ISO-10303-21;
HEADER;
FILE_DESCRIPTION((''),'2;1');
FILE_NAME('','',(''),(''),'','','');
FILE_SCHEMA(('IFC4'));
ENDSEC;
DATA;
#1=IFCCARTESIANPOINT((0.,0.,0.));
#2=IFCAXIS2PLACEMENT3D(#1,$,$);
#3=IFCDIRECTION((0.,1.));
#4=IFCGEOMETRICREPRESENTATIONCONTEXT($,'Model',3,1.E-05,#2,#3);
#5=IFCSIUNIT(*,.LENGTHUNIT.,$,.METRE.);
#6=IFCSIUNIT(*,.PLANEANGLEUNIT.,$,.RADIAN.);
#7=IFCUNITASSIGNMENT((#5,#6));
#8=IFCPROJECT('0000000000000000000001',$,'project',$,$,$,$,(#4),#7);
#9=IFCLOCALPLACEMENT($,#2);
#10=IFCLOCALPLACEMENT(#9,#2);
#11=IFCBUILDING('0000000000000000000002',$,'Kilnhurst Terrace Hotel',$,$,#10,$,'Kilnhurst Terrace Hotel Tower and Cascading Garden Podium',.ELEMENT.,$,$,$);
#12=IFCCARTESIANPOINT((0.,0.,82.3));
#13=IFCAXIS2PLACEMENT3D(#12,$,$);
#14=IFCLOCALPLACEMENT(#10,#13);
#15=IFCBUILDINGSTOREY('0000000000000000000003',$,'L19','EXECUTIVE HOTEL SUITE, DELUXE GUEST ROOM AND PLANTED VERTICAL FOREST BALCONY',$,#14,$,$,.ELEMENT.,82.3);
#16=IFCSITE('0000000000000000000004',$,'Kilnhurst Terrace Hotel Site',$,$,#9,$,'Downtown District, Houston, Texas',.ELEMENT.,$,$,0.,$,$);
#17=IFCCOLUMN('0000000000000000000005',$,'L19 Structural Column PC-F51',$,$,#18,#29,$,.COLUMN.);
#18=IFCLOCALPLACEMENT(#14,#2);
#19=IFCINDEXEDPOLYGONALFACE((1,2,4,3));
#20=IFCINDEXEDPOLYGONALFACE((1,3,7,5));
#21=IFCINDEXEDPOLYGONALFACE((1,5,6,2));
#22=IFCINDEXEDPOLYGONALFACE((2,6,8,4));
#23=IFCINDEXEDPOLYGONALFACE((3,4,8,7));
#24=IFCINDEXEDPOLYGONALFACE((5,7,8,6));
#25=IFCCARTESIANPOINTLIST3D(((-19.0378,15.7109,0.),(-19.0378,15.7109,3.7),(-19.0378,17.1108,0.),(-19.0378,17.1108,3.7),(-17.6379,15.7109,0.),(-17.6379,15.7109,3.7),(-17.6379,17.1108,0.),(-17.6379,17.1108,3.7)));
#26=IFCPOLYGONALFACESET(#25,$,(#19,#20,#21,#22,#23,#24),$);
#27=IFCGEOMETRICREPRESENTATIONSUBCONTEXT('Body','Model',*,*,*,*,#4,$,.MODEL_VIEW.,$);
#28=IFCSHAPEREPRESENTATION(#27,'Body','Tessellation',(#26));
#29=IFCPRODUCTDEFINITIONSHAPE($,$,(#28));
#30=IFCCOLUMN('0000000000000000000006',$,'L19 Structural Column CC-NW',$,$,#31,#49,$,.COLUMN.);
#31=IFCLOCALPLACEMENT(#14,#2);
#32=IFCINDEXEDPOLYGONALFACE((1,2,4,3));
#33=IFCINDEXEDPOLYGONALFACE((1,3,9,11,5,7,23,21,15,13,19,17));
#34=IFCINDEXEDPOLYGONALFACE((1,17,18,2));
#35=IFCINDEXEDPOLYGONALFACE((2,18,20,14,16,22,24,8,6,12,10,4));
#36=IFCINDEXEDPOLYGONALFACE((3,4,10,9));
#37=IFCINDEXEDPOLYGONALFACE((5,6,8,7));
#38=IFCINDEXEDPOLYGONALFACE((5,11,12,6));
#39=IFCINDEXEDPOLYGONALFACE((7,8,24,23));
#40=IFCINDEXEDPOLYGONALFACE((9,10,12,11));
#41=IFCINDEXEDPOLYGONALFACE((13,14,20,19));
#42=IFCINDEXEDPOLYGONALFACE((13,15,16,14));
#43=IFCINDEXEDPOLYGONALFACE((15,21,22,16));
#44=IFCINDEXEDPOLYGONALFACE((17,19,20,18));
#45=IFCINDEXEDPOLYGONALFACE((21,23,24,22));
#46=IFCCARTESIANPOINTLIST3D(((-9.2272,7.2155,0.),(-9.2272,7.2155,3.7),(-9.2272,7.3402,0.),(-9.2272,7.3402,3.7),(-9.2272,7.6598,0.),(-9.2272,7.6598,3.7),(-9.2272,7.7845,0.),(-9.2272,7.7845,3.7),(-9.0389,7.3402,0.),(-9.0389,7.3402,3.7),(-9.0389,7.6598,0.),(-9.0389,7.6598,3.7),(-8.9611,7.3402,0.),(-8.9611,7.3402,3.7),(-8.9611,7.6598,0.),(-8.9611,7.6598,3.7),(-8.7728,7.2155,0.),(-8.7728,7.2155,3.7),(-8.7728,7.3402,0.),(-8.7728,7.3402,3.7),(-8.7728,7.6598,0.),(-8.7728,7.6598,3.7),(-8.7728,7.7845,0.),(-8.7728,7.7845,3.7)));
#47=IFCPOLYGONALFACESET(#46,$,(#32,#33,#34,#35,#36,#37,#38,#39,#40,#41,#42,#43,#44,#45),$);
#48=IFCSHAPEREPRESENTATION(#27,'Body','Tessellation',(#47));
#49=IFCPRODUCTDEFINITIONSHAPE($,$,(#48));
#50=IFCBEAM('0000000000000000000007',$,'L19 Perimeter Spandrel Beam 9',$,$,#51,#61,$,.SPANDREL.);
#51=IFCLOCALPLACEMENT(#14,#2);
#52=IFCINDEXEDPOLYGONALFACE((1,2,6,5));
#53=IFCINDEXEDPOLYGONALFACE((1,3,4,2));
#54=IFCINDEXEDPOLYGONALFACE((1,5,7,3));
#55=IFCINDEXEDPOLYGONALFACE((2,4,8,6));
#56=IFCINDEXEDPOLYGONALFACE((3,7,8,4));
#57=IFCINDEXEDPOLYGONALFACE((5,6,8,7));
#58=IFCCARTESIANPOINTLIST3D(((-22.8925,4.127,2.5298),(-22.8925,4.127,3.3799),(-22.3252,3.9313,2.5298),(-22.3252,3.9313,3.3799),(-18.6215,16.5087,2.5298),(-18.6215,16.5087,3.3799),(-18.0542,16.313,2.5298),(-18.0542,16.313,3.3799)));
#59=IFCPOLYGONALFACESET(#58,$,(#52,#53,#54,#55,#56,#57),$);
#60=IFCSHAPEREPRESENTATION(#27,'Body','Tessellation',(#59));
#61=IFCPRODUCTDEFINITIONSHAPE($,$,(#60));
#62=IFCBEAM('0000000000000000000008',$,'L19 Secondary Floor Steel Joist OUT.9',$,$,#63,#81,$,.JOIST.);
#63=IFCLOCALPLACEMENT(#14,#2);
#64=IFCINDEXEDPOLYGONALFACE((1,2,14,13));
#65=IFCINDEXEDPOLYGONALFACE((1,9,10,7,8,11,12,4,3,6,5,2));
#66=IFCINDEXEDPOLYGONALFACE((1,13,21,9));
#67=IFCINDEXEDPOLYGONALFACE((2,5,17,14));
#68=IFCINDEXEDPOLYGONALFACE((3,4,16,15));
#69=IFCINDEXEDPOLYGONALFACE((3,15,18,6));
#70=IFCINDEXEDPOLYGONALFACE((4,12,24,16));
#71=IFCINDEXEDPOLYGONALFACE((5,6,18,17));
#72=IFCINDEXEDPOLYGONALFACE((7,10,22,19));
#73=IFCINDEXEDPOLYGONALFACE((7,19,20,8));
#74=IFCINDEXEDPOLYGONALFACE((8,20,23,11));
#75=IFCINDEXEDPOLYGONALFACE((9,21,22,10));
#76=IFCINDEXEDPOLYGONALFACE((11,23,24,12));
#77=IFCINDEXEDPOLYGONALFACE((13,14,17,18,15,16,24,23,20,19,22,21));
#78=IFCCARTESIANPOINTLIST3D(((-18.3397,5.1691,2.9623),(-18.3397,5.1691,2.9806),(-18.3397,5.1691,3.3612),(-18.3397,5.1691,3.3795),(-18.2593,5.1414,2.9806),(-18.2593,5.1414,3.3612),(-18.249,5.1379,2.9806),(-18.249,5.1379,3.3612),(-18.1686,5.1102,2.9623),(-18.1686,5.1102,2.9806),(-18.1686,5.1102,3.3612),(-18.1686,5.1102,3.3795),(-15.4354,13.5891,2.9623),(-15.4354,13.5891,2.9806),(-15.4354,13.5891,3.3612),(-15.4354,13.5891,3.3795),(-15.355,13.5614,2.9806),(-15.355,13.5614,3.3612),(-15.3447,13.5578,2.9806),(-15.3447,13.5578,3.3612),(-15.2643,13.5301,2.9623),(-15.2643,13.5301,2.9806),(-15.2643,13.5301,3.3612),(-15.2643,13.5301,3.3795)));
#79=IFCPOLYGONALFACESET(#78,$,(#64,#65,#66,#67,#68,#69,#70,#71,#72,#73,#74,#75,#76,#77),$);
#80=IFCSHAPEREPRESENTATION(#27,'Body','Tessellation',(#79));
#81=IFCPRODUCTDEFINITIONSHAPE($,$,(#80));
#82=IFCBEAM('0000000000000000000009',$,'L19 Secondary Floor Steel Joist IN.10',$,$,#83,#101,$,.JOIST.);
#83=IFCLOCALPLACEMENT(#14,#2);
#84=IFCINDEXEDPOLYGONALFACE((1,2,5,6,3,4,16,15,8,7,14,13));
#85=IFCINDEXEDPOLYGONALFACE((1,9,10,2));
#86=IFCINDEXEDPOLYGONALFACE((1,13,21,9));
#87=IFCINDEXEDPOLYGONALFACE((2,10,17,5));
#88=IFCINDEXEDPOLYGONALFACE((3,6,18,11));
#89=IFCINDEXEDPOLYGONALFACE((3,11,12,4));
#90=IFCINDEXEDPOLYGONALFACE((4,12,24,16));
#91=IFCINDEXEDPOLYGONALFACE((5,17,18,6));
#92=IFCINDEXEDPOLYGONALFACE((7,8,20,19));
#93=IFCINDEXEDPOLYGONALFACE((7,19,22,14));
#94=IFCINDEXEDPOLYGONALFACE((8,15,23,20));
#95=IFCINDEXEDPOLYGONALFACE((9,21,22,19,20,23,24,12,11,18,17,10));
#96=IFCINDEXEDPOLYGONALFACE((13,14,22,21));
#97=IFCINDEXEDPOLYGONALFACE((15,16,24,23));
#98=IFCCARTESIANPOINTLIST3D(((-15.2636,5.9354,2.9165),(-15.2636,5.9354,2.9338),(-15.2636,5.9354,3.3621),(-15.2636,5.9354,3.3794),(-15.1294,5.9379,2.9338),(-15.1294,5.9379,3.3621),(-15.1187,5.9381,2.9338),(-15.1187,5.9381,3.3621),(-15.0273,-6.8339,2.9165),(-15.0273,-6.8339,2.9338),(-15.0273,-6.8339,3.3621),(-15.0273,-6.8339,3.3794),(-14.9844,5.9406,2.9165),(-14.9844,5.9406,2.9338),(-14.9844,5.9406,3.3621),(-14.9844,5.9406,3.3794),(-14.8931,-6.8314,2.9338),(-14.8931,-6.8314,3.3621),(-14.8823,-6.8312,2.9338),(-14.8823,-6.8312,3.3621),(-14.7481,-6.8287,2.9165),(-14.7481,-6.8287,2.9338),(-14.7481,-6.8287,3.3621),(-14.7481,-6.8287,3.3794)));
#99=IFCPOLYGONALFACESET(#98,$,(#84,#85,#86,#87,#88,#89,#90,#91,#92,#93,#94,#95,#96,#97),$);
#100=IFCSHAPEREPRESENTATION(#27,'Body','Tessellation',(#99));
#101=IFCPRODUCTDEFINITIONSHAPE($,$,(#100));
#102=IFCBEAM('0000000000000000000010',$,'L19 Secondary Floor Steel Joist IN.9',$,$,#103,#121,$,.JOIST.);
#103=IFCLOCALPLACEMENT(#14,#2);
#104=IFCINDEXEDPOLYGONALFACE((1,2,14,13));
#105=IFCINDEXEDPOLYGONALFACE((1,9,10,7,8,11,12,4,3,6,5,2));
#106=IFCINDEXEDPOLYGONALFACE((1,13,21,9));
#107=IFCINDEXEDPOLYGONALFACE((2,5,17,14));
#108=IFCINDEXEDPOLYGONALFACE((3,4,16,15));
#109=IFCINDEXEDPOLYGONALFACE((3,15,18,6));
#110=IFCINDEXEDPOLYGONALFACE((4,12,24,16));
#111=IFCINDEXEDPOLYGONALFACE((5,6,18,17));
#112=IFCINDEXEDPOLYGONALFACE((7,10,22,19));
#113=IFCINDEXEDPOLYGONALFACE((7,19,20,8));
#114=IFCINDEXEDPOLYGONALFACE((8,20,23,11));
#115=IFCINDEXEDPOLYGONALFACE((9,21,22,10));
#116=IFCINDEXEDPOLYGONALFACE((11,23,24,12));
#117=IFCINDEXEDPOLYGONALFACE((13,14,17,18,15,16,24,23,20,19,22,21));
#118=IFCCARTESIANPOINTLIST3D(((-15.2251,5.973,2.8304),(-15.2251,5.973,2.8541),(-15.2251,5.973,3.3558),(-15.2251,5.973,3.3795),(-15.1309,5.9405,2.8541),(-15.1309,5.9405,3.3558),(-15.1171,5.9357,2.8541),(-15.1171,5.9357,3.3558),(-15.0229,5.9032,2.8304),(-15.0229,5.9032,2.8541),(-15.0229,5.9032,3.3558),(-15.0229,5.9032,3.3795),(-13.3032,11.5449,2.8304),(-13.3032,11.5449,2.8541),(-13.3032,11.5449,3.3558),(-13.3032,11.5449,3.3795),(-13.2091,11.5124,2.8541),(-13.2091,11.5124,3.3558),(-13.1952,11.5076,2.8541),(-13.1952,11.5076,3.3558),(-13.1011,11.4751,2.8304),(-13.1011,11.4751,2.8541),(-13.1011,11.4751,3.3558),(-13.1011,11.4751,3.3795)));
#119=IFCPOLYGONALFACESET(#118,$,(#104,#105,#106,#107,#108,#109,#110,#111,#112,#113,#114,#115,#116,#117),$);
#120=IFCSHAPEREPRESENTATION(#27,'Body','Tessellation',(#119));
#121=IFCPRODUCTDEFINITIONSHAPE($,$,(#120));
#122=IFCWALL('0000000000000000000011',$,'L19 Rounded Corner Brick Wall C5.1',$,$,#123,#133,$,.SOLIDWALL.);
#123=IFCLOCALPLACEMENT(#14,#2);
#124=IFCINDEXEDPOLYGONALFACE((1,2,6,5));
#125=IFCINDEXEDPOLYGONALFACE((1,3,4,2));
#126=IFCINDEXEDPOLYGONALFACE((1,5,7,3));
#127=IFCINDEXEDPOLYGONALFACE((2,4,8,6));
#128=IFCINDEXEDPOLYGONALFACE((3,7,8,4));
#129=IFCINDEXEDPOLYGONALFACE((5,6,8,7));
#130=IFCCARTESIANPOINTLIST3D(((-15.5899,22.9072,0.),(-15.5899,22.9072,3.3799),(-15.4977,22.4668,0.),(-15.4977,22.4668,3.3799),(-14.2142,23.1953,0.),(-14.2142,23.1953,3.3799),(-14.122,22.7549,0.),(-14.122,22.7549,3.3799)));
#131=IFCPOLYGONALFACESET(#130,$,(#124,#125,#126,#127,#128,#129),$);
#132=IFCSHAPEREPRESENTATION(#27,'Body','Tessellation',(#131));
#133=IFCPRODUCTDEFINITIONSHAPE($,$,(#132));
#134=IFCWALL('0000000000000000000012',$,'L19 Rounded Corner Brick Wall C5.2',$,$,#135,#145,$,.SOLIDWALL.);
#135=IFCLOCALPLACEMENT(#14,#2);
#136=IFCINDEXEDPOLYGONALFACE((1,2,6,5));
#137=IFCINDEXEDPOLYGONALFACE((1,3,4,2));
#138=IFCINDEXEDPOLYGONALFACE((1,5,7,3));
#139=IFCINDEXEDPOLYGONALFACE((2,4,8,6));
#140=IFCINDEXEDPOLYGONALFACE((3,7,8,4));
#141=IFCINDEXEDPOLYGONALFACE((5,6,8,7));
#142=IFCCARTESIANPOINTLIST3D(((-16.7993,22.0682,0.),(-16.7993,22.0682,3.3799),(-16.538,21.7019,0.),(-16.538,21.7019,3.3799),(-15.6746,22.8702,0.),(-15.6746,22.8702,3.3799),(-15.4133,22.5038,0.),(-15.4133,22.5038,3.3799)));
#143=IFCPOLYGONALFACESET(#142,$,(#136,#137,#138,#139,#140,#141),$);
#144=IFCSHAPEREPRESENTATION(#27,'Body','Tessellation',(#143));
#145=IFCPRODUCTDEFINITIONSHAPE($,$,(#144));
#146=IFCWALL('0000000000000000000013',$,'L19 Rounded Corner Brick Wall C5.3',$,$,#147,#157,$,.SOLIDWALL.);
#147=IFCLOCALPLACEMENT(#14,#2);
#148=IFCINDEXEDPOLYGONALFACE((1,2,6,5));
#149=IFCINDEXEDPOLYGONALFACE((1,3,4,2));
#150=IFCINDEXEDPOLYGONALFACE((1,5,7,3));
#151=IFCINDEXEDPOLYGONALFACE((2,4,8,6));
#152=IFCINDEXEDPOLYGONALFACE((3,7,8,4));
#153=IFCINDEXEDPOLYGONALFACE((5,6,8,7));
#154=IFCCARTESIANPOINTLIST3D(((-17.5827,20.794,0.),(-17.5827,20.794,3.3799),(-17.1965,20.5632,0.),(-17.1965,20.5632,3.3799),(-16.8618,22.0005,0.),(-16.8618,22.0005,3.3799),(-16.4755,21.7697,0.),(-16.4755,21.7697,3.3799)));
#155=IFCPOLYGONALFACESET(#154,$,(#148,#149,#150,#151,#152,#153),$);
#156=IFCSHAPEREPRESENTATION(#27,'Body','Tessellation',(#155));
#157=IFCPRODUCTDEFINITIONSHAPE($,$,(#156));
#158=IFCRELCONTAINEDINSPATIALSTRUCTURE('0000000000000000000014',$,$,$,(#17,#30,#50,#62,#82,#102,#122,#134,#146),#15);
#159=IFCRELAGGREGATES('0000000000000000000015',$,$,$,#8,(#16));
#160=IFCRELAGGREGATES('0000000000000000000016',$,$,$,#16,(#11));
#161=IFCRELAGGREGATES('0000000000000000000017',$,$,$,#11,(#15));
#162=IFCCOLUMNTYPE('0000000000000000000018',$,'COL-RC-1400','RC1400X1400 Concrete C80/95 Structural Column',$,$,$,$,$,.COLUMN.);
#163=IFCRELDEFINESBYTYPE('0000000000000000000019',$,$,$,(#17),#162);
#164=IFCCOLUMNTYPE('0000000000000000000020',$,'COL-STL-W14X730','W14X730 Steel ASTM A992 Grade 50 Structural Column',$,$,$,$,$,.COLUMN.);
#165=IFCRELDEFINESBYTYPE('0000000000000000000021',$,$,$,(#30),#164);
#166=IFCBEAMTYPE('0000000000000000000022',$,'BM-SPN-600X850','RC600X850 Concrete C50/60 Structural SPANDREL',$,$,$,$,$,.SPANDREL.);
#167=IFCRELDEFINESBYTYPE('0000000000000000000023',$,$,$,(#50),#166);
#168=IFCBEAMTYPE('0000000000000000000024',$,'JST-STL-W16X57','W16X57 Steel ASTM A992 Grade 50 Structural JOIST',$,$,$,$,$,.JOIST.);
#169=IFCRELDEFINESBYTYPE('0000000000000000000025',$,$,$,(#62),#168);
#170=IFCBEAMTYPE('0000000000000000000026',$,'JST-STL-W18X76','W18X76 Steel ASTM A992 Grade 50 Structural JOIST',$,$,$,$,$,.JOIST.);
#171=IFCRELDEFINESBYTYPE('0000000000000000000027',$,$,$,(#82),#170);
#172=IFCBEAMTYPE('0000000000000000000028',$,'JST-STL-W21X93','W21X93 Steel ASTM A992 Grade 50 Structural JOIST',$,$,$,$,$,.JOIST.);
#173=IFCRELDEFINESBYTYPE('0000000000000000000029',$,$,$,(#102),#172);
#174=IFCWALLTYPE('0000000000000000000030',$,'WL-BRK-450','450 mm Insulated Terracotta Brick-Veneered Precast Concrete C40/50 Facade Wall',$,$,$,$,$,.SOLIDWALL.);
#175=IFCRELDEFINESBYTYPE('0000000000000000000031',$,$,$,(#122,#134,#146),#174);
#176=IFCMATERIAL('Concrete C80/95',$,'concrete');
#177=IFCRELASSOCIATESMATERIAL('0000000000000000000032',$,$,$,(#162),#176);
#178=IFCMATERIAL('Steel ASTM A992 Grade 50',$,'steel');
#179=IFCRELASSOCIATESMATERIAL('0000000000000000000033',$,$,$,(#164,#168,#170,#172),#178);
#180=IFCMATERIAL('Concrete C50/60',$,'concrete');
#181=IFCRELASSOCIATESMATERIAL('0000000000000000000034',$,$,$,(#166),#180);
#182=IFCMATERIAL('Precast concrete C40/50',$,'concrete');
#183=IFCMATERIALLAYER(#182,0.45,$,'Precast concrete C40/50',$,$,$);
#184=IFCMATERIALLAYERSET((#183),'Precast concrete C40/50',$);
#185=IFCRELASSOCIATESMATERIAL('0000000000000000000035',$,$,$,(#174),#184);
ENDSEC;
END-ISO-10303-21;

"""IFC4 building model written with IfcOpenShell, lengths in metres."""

from ifc_helpers import new_model, si_unit, direction, frame, frame_2d, origin, origin_2d, place, context, subcontext, project, spatial, rectangle, i_section, extrude, material, layer, layer_set, material_profile, profile_set, type_object, element, save


model = new_model("IFC4")

# Units and contexts
model_context = context("Model", 3, precision=1e-05, world=origin(), true_north=direction((0.0, 1.0)))
body_context = subcontext(model_context, "Body", "Model", "MODEL_VIEW")
ifc_project = project(units=[si_unit("LENGTHUNIT", "METRE"), si_unit("PLANEANGLEUNIT", "RADIAN")], contexts=[model_context])

# Site, building, storey
site_placement = place(None, origin())
site = spatial("IfcSite", under=ifc_project, at=site_placement, Name="Kilnhurst Terrace Hotel Site", LongName="Downtown District, Houston, Texas", CompositionType="ELEMENT", RefElevation=0.0)
building_placement = place(site_placement, origin())
building = spatial("IfcBuilding", under=site, at=building_placement, Name="Kilnhurst Terrace Hotel", LongName="Kilnhurst Terrace Hotel Tower and Cascading Garden Podium", CompositionType="ELEMENT")
storey_placement = place(building_placement, frame((0.0, 0.0, 82.3)))
storey = spatial("IfcBuildingStorey", under=building, at=storey_placement, Name="L19", Description="EXECUTIVE HOTEL SUITE, DELUXE GUEST ROOM AND PLANTED VERTICAL FOREST BALCONY", CompositionType="ELEMENT", Elevation=82.3)

# Columns
ifc_material_1 = material(Name="Concrete C80/95", Category="concrete")
ifc_material_profile_1 = material_profile(ifc_material_1, rectangle(XDim=1.3999, YDim=1.3999, at=origin_2d()), Name="RC1400X1400")
ifc_profile_set_1 = profile_set([ifc_material_profile_1], Name="Concrete C80/95")
column_type_1 = type_object("IfcColumnType", Name="COL-RC-1400", Description="RC1400X1400 Concrete C80/95 Structural Column", PredefinedType="COLUMN", material=ifc_profile_set_1)
column_1_placement = place(storey_placement, frame((-18.3379, 16.4109, 0.0), z_axis=(0.0, 0.0, 1.0), x_axis=(1.0, 0.0, 0.0)))
element("IfcColumn", 1, at=column_1_placement, inside=storey, type_object=column_type_1, Name="L19 Structural Column PC-F51", PredefinedType="COLUMN", context=body_context, shape_type="SweptSolid", body=[
    extrude(rectangle(XDim=1.3999, YDim=1.3999, at=origin_2d()), origin(), (0.0, 0.0, 1.0), 3.7),
])
ifc_material_2 = material(Name="Steel ASTM A992 Grade 50", Category="steel")
ifc_material_profile_2 = material_profile(ifc_material_2, i_section(OverallWidth=0.4543, OverallDepth=0.5691, WebThickness=0.0779, FlangeThickness=0.1248, at=origin_2d()), Name="W14X730")
ifc_profile_set_2 = profile_set([ifc_material_profile_2], Name="Steel ASTM A992 Grade 50")
column_type_2 = type_object("IfcColumnType", Name="COL-STL-W14X730", Description="W14X730 Steel ASTM A992 Grade 50 Structural Column", PredefinedType="COLUMN", material=ifc_profile_set_2)
column_2_placement = place(storey_placement, frame((-9.0, 7.5, 0.0), z_axis=(0.0, 0.0, 1.0), x_axis=(1.0, 0.0, 0.0)))
element("IfcColumn", 2, at=column_2_placement, inside=storey, type_object=column_type_2, Name="L19 Structural Column CC-NW", PredefinedType="COLUMN", context=body_context, shape_type="SweptSolid", body=[
    extrude(i_section(OverallWidth=0.4543, OverallDepth=0.5691, WebThickness=0.0779, FlangeThickness=0.1248, at=origin_2d()), origin(), (0.0, 0.0, 1.0), 3.7),
])

# Beams
ifc_material_3 = material(Name="Concrete C50/60", Category="concrete")
ifc_material_profile_3 = material_profile(ifc_material_3, rectangle(XDim=0.6001, YDim=0.8501, at=origin_2d()), Name="RC600X850")
ifc_profile_set_3 = profile_set([ifc_material_profile_3], Name="Concrete C50/60")
beam_type_1 = type_object("IfcBeamType", Name="BM-SPN-600X850", Description="RC600X850 Concrete C50/60 Structural SPANDREL", PredefinedType="SPANDREL", material=ifc_profile_set_3)
beam_1_placement = place(storey_placement, frame((-18.3379, 16.4109, 2.9548), z_axis=(-0.326086, -0.94534, 0.0), x_axis=(0.94534, -0.326086, 0.0)))
element("IfcBeam", 3, at=beam_1_placement, inside=storey, type_object=beam_type_1, Name="L19 Perimeter Spandrel Beam 9", PredefinedType="SPANDREL", context=body_context, shape_type="SweptSolid", body=[
    extrude(rectangle(XDim=0.6001, YDim=0.8501, at=origin_2d()), origin(), (0.0, 0.0, 1.0), 13.0977),
])
ifc_material_profile_4 = material_profile(ifc_material_2, i_section(OverallWidth=0.1809, OverallDepth=0.4172, WebThickness=0.011, FlangeThickness=0.0183, at=origin_2d()), Name="W16X57")
ifc_profile_set_4 = profile_set([ifc_material_profile_4], Name="Steel ASTM A992 Grade 50")
beam_type_2 = type_object("IfcBeamType", Name="JST-STL-W16X57", Description="W16X57 Steel ASTM A992 Grade 50 Structural JOIST", PredefinedType="JOIST", material=ifc_profile_set_4)
beam_2_placement = place(storey_placement, frame((-15.3499, 13.5596, 3.1709), z_axis=(-0.326079, -0.945343, 0.0), x_axis=(0.945343, -0.326079, 0.0)))
element("IfcBeam", 4, at=beam_2_placement, inside=storey, type_object=beam_type_2, Name="L19 Secondary Floor Steel Joist OUT.9", PredefinedType="JOIST", context=body_context, shape_type="SweptSolid", body=[
    extrude(i_section(OverallWidth=0.1809, OverallDepth=0.4172, WebThickness=0.011, FlangeThickness=0.0183, at=origin_2d()), origin(), (0.0, 0.0, 1.0), 8.9067),
])
ifc_material_profile_5 = material_profile(ifc_material_2, i_section(OverallWidth=0.2793, OverallDepth=0.4629, WebThickness=0.0107, FlangeThickness=0.0173, at=origin_2d()), Name="W18X76")
ifc_profile_set_5 = profile_set([ifc_material_profile_5], Name="Steel ASTM A992 Grade 50")
beam_type_3 = type_object("IfcBeamType", Name="JST-STL-W18X76", Description="W18X76 Steel ASTM A992 Grade 50 Structural JOIST", PredefinedType="JOIST", material=ifc_profile_set_5)
beam_3_placement = place(storey_placement, frame((-15.124, 5.938, 3.1479), z_axis=(0.018504, -0.999829, 0.0), x_axis=(0.999829, 0.018504, 0.0)))
element("IfcBeam", 5, at=beam_3_placement, inside=storey, type_object=beam_type_3, Name="L19 Secondary Floor Steel Joist IN.10", PredefinedType="JOIST", context=body_context, shape_type="SweptSolid", body=[
    extrude(i_section(OverallWidth=0.2793, OverallDepth=0.4629, WebThickness=0.0107, FlangeThickness=0.0173, at=origin_2d()), origin(), (0.0, 0.0, 1.0), 12.7715),
])
ifc_material_profile_6 = material_profile(ifc_material_2, i_section(OverallWidth=0.2139, OverallDepth=0.5491, WebThickness=0.0146, FlangeThickness=0.0237, at=origin_2d()), Name="W21X93")
ifc_profile_set_6 = profile_set([ifc_material_profile_6], Name="Steel ASTM A992 Grade 50")
beam_type_4 = type_object("IfcBeamType", Name="JST-STL-W21X93", Description="W21X93 Steel ASTM A992 Grade 50 Structural JOIST", PredefinedType="JOIST", material=ifc_profile_set_6)
beam_4_placement = place(storey_placement, frame((-13.2021, 11.51, 3.105), z_axis=(-0.326065, -0.945347, 0.0), x_axis=(0.945347, -0.326065, 0.0)))
element("IfcBeam", 6, at=beam_4_placement, inside=storey, type_object=beam_type_4, Name="L19 Secondary Floor Steel Joist IN.9", PredefinedType="JOIST", context=body_context, shape_type="SweptSolid", body=[
    extrude(i_section(OverallWidth=0.2139, OverallDepth=0.5491, WebThickness=0.0146, FlangeThickness=0.0237, at=origin_2d()), origin(), (0.0, 0.0, 1.0), 5.894),
])

# Walls
ifc_material_4 = material(Name="Precast concrete C40/50", Category="concrete")
ifc_layer_1 = layer(ifc_material_4, 0.45, Name="Precast concrete C40/50")
ifc_layer_set_1 = layer_set([ifc_layer_1], Name="Precast concrete C40/50")
wall_type_1 = type_object("IfcWallType", Name="WL-BRK-450", Description="450 mm Insulated Terracotta Brick-Veneered Precast Concrete C40/50 Facade Wall", PredefinedType="SOLIDWALL", material=ifc_layer_set_1)
wall_1_placement = place(storey_placement, frame((-14.1682, 22.9751, 0.0), z_axis=(0.0, 0.0, 1.0), x_axis=(-0.97877, -0.20496, 0.0)))
element("IfcWall", 7, at=wall_1_placement, inside=storey, type_object=wall_type_1, Name="L19 Rounded Corner Brick Wall C5.1", PredefinedType="SOLIDWALL", context=body_context, shape_type="SweptSolid", body=[
    extrude(rectangle(XDim=1.4055, YDim=0.45, at=frame_2d((0.7026, 0.0))), origin(), (0.0, 0.0, 1.0), 3.3799),
])
wall_2_placement = place(storey_placement, frame((-15.5439, 22.687, 0.0), z_axis=(0.0, 0.0, 1.0), x_axis=(-0.814211, -0.580569, 0.0)))
element("IfcWall", 8, at=wall_2_placement, inside=storey, type_object=wall_type_1, Name="L19 Rounded Corner Brick Wall C5.2", PredefinedType="SOLIDWALL", context=body_context, shape_type="SweptSolid", body=[
    extrude(rectangle(XDim=1.3813, YDim=0.45, at=frame_2d((0.6907, 0.0))), origin(), (0.0, 0.0, 1.0), 3.3799),
])
wall_3_placement = place(storey_placement, frame((-16.6687, 21.885, 0.0), z_axis=(0.0, 0.0, 1.0), x_axis=(-0.512937, -0.858426, 0.0)))
element("IfcWall", 9, at=wall_3_placement, inside=storey, type_object=wall_type_1, Name="L19 Rounded Corner Brick Wall C5.3", PredefinedType="SOLIDWALL", context=body_context, shape_type="SweptSolid", body=[
    extrude(rectangle(XDim=1.4055, YDim=0.45, at=frame_2d((0.7026, 0.0))), origin(), (0.0, 0.0, 1.0), 3.3799),
])

save(model, "model.ifc")
